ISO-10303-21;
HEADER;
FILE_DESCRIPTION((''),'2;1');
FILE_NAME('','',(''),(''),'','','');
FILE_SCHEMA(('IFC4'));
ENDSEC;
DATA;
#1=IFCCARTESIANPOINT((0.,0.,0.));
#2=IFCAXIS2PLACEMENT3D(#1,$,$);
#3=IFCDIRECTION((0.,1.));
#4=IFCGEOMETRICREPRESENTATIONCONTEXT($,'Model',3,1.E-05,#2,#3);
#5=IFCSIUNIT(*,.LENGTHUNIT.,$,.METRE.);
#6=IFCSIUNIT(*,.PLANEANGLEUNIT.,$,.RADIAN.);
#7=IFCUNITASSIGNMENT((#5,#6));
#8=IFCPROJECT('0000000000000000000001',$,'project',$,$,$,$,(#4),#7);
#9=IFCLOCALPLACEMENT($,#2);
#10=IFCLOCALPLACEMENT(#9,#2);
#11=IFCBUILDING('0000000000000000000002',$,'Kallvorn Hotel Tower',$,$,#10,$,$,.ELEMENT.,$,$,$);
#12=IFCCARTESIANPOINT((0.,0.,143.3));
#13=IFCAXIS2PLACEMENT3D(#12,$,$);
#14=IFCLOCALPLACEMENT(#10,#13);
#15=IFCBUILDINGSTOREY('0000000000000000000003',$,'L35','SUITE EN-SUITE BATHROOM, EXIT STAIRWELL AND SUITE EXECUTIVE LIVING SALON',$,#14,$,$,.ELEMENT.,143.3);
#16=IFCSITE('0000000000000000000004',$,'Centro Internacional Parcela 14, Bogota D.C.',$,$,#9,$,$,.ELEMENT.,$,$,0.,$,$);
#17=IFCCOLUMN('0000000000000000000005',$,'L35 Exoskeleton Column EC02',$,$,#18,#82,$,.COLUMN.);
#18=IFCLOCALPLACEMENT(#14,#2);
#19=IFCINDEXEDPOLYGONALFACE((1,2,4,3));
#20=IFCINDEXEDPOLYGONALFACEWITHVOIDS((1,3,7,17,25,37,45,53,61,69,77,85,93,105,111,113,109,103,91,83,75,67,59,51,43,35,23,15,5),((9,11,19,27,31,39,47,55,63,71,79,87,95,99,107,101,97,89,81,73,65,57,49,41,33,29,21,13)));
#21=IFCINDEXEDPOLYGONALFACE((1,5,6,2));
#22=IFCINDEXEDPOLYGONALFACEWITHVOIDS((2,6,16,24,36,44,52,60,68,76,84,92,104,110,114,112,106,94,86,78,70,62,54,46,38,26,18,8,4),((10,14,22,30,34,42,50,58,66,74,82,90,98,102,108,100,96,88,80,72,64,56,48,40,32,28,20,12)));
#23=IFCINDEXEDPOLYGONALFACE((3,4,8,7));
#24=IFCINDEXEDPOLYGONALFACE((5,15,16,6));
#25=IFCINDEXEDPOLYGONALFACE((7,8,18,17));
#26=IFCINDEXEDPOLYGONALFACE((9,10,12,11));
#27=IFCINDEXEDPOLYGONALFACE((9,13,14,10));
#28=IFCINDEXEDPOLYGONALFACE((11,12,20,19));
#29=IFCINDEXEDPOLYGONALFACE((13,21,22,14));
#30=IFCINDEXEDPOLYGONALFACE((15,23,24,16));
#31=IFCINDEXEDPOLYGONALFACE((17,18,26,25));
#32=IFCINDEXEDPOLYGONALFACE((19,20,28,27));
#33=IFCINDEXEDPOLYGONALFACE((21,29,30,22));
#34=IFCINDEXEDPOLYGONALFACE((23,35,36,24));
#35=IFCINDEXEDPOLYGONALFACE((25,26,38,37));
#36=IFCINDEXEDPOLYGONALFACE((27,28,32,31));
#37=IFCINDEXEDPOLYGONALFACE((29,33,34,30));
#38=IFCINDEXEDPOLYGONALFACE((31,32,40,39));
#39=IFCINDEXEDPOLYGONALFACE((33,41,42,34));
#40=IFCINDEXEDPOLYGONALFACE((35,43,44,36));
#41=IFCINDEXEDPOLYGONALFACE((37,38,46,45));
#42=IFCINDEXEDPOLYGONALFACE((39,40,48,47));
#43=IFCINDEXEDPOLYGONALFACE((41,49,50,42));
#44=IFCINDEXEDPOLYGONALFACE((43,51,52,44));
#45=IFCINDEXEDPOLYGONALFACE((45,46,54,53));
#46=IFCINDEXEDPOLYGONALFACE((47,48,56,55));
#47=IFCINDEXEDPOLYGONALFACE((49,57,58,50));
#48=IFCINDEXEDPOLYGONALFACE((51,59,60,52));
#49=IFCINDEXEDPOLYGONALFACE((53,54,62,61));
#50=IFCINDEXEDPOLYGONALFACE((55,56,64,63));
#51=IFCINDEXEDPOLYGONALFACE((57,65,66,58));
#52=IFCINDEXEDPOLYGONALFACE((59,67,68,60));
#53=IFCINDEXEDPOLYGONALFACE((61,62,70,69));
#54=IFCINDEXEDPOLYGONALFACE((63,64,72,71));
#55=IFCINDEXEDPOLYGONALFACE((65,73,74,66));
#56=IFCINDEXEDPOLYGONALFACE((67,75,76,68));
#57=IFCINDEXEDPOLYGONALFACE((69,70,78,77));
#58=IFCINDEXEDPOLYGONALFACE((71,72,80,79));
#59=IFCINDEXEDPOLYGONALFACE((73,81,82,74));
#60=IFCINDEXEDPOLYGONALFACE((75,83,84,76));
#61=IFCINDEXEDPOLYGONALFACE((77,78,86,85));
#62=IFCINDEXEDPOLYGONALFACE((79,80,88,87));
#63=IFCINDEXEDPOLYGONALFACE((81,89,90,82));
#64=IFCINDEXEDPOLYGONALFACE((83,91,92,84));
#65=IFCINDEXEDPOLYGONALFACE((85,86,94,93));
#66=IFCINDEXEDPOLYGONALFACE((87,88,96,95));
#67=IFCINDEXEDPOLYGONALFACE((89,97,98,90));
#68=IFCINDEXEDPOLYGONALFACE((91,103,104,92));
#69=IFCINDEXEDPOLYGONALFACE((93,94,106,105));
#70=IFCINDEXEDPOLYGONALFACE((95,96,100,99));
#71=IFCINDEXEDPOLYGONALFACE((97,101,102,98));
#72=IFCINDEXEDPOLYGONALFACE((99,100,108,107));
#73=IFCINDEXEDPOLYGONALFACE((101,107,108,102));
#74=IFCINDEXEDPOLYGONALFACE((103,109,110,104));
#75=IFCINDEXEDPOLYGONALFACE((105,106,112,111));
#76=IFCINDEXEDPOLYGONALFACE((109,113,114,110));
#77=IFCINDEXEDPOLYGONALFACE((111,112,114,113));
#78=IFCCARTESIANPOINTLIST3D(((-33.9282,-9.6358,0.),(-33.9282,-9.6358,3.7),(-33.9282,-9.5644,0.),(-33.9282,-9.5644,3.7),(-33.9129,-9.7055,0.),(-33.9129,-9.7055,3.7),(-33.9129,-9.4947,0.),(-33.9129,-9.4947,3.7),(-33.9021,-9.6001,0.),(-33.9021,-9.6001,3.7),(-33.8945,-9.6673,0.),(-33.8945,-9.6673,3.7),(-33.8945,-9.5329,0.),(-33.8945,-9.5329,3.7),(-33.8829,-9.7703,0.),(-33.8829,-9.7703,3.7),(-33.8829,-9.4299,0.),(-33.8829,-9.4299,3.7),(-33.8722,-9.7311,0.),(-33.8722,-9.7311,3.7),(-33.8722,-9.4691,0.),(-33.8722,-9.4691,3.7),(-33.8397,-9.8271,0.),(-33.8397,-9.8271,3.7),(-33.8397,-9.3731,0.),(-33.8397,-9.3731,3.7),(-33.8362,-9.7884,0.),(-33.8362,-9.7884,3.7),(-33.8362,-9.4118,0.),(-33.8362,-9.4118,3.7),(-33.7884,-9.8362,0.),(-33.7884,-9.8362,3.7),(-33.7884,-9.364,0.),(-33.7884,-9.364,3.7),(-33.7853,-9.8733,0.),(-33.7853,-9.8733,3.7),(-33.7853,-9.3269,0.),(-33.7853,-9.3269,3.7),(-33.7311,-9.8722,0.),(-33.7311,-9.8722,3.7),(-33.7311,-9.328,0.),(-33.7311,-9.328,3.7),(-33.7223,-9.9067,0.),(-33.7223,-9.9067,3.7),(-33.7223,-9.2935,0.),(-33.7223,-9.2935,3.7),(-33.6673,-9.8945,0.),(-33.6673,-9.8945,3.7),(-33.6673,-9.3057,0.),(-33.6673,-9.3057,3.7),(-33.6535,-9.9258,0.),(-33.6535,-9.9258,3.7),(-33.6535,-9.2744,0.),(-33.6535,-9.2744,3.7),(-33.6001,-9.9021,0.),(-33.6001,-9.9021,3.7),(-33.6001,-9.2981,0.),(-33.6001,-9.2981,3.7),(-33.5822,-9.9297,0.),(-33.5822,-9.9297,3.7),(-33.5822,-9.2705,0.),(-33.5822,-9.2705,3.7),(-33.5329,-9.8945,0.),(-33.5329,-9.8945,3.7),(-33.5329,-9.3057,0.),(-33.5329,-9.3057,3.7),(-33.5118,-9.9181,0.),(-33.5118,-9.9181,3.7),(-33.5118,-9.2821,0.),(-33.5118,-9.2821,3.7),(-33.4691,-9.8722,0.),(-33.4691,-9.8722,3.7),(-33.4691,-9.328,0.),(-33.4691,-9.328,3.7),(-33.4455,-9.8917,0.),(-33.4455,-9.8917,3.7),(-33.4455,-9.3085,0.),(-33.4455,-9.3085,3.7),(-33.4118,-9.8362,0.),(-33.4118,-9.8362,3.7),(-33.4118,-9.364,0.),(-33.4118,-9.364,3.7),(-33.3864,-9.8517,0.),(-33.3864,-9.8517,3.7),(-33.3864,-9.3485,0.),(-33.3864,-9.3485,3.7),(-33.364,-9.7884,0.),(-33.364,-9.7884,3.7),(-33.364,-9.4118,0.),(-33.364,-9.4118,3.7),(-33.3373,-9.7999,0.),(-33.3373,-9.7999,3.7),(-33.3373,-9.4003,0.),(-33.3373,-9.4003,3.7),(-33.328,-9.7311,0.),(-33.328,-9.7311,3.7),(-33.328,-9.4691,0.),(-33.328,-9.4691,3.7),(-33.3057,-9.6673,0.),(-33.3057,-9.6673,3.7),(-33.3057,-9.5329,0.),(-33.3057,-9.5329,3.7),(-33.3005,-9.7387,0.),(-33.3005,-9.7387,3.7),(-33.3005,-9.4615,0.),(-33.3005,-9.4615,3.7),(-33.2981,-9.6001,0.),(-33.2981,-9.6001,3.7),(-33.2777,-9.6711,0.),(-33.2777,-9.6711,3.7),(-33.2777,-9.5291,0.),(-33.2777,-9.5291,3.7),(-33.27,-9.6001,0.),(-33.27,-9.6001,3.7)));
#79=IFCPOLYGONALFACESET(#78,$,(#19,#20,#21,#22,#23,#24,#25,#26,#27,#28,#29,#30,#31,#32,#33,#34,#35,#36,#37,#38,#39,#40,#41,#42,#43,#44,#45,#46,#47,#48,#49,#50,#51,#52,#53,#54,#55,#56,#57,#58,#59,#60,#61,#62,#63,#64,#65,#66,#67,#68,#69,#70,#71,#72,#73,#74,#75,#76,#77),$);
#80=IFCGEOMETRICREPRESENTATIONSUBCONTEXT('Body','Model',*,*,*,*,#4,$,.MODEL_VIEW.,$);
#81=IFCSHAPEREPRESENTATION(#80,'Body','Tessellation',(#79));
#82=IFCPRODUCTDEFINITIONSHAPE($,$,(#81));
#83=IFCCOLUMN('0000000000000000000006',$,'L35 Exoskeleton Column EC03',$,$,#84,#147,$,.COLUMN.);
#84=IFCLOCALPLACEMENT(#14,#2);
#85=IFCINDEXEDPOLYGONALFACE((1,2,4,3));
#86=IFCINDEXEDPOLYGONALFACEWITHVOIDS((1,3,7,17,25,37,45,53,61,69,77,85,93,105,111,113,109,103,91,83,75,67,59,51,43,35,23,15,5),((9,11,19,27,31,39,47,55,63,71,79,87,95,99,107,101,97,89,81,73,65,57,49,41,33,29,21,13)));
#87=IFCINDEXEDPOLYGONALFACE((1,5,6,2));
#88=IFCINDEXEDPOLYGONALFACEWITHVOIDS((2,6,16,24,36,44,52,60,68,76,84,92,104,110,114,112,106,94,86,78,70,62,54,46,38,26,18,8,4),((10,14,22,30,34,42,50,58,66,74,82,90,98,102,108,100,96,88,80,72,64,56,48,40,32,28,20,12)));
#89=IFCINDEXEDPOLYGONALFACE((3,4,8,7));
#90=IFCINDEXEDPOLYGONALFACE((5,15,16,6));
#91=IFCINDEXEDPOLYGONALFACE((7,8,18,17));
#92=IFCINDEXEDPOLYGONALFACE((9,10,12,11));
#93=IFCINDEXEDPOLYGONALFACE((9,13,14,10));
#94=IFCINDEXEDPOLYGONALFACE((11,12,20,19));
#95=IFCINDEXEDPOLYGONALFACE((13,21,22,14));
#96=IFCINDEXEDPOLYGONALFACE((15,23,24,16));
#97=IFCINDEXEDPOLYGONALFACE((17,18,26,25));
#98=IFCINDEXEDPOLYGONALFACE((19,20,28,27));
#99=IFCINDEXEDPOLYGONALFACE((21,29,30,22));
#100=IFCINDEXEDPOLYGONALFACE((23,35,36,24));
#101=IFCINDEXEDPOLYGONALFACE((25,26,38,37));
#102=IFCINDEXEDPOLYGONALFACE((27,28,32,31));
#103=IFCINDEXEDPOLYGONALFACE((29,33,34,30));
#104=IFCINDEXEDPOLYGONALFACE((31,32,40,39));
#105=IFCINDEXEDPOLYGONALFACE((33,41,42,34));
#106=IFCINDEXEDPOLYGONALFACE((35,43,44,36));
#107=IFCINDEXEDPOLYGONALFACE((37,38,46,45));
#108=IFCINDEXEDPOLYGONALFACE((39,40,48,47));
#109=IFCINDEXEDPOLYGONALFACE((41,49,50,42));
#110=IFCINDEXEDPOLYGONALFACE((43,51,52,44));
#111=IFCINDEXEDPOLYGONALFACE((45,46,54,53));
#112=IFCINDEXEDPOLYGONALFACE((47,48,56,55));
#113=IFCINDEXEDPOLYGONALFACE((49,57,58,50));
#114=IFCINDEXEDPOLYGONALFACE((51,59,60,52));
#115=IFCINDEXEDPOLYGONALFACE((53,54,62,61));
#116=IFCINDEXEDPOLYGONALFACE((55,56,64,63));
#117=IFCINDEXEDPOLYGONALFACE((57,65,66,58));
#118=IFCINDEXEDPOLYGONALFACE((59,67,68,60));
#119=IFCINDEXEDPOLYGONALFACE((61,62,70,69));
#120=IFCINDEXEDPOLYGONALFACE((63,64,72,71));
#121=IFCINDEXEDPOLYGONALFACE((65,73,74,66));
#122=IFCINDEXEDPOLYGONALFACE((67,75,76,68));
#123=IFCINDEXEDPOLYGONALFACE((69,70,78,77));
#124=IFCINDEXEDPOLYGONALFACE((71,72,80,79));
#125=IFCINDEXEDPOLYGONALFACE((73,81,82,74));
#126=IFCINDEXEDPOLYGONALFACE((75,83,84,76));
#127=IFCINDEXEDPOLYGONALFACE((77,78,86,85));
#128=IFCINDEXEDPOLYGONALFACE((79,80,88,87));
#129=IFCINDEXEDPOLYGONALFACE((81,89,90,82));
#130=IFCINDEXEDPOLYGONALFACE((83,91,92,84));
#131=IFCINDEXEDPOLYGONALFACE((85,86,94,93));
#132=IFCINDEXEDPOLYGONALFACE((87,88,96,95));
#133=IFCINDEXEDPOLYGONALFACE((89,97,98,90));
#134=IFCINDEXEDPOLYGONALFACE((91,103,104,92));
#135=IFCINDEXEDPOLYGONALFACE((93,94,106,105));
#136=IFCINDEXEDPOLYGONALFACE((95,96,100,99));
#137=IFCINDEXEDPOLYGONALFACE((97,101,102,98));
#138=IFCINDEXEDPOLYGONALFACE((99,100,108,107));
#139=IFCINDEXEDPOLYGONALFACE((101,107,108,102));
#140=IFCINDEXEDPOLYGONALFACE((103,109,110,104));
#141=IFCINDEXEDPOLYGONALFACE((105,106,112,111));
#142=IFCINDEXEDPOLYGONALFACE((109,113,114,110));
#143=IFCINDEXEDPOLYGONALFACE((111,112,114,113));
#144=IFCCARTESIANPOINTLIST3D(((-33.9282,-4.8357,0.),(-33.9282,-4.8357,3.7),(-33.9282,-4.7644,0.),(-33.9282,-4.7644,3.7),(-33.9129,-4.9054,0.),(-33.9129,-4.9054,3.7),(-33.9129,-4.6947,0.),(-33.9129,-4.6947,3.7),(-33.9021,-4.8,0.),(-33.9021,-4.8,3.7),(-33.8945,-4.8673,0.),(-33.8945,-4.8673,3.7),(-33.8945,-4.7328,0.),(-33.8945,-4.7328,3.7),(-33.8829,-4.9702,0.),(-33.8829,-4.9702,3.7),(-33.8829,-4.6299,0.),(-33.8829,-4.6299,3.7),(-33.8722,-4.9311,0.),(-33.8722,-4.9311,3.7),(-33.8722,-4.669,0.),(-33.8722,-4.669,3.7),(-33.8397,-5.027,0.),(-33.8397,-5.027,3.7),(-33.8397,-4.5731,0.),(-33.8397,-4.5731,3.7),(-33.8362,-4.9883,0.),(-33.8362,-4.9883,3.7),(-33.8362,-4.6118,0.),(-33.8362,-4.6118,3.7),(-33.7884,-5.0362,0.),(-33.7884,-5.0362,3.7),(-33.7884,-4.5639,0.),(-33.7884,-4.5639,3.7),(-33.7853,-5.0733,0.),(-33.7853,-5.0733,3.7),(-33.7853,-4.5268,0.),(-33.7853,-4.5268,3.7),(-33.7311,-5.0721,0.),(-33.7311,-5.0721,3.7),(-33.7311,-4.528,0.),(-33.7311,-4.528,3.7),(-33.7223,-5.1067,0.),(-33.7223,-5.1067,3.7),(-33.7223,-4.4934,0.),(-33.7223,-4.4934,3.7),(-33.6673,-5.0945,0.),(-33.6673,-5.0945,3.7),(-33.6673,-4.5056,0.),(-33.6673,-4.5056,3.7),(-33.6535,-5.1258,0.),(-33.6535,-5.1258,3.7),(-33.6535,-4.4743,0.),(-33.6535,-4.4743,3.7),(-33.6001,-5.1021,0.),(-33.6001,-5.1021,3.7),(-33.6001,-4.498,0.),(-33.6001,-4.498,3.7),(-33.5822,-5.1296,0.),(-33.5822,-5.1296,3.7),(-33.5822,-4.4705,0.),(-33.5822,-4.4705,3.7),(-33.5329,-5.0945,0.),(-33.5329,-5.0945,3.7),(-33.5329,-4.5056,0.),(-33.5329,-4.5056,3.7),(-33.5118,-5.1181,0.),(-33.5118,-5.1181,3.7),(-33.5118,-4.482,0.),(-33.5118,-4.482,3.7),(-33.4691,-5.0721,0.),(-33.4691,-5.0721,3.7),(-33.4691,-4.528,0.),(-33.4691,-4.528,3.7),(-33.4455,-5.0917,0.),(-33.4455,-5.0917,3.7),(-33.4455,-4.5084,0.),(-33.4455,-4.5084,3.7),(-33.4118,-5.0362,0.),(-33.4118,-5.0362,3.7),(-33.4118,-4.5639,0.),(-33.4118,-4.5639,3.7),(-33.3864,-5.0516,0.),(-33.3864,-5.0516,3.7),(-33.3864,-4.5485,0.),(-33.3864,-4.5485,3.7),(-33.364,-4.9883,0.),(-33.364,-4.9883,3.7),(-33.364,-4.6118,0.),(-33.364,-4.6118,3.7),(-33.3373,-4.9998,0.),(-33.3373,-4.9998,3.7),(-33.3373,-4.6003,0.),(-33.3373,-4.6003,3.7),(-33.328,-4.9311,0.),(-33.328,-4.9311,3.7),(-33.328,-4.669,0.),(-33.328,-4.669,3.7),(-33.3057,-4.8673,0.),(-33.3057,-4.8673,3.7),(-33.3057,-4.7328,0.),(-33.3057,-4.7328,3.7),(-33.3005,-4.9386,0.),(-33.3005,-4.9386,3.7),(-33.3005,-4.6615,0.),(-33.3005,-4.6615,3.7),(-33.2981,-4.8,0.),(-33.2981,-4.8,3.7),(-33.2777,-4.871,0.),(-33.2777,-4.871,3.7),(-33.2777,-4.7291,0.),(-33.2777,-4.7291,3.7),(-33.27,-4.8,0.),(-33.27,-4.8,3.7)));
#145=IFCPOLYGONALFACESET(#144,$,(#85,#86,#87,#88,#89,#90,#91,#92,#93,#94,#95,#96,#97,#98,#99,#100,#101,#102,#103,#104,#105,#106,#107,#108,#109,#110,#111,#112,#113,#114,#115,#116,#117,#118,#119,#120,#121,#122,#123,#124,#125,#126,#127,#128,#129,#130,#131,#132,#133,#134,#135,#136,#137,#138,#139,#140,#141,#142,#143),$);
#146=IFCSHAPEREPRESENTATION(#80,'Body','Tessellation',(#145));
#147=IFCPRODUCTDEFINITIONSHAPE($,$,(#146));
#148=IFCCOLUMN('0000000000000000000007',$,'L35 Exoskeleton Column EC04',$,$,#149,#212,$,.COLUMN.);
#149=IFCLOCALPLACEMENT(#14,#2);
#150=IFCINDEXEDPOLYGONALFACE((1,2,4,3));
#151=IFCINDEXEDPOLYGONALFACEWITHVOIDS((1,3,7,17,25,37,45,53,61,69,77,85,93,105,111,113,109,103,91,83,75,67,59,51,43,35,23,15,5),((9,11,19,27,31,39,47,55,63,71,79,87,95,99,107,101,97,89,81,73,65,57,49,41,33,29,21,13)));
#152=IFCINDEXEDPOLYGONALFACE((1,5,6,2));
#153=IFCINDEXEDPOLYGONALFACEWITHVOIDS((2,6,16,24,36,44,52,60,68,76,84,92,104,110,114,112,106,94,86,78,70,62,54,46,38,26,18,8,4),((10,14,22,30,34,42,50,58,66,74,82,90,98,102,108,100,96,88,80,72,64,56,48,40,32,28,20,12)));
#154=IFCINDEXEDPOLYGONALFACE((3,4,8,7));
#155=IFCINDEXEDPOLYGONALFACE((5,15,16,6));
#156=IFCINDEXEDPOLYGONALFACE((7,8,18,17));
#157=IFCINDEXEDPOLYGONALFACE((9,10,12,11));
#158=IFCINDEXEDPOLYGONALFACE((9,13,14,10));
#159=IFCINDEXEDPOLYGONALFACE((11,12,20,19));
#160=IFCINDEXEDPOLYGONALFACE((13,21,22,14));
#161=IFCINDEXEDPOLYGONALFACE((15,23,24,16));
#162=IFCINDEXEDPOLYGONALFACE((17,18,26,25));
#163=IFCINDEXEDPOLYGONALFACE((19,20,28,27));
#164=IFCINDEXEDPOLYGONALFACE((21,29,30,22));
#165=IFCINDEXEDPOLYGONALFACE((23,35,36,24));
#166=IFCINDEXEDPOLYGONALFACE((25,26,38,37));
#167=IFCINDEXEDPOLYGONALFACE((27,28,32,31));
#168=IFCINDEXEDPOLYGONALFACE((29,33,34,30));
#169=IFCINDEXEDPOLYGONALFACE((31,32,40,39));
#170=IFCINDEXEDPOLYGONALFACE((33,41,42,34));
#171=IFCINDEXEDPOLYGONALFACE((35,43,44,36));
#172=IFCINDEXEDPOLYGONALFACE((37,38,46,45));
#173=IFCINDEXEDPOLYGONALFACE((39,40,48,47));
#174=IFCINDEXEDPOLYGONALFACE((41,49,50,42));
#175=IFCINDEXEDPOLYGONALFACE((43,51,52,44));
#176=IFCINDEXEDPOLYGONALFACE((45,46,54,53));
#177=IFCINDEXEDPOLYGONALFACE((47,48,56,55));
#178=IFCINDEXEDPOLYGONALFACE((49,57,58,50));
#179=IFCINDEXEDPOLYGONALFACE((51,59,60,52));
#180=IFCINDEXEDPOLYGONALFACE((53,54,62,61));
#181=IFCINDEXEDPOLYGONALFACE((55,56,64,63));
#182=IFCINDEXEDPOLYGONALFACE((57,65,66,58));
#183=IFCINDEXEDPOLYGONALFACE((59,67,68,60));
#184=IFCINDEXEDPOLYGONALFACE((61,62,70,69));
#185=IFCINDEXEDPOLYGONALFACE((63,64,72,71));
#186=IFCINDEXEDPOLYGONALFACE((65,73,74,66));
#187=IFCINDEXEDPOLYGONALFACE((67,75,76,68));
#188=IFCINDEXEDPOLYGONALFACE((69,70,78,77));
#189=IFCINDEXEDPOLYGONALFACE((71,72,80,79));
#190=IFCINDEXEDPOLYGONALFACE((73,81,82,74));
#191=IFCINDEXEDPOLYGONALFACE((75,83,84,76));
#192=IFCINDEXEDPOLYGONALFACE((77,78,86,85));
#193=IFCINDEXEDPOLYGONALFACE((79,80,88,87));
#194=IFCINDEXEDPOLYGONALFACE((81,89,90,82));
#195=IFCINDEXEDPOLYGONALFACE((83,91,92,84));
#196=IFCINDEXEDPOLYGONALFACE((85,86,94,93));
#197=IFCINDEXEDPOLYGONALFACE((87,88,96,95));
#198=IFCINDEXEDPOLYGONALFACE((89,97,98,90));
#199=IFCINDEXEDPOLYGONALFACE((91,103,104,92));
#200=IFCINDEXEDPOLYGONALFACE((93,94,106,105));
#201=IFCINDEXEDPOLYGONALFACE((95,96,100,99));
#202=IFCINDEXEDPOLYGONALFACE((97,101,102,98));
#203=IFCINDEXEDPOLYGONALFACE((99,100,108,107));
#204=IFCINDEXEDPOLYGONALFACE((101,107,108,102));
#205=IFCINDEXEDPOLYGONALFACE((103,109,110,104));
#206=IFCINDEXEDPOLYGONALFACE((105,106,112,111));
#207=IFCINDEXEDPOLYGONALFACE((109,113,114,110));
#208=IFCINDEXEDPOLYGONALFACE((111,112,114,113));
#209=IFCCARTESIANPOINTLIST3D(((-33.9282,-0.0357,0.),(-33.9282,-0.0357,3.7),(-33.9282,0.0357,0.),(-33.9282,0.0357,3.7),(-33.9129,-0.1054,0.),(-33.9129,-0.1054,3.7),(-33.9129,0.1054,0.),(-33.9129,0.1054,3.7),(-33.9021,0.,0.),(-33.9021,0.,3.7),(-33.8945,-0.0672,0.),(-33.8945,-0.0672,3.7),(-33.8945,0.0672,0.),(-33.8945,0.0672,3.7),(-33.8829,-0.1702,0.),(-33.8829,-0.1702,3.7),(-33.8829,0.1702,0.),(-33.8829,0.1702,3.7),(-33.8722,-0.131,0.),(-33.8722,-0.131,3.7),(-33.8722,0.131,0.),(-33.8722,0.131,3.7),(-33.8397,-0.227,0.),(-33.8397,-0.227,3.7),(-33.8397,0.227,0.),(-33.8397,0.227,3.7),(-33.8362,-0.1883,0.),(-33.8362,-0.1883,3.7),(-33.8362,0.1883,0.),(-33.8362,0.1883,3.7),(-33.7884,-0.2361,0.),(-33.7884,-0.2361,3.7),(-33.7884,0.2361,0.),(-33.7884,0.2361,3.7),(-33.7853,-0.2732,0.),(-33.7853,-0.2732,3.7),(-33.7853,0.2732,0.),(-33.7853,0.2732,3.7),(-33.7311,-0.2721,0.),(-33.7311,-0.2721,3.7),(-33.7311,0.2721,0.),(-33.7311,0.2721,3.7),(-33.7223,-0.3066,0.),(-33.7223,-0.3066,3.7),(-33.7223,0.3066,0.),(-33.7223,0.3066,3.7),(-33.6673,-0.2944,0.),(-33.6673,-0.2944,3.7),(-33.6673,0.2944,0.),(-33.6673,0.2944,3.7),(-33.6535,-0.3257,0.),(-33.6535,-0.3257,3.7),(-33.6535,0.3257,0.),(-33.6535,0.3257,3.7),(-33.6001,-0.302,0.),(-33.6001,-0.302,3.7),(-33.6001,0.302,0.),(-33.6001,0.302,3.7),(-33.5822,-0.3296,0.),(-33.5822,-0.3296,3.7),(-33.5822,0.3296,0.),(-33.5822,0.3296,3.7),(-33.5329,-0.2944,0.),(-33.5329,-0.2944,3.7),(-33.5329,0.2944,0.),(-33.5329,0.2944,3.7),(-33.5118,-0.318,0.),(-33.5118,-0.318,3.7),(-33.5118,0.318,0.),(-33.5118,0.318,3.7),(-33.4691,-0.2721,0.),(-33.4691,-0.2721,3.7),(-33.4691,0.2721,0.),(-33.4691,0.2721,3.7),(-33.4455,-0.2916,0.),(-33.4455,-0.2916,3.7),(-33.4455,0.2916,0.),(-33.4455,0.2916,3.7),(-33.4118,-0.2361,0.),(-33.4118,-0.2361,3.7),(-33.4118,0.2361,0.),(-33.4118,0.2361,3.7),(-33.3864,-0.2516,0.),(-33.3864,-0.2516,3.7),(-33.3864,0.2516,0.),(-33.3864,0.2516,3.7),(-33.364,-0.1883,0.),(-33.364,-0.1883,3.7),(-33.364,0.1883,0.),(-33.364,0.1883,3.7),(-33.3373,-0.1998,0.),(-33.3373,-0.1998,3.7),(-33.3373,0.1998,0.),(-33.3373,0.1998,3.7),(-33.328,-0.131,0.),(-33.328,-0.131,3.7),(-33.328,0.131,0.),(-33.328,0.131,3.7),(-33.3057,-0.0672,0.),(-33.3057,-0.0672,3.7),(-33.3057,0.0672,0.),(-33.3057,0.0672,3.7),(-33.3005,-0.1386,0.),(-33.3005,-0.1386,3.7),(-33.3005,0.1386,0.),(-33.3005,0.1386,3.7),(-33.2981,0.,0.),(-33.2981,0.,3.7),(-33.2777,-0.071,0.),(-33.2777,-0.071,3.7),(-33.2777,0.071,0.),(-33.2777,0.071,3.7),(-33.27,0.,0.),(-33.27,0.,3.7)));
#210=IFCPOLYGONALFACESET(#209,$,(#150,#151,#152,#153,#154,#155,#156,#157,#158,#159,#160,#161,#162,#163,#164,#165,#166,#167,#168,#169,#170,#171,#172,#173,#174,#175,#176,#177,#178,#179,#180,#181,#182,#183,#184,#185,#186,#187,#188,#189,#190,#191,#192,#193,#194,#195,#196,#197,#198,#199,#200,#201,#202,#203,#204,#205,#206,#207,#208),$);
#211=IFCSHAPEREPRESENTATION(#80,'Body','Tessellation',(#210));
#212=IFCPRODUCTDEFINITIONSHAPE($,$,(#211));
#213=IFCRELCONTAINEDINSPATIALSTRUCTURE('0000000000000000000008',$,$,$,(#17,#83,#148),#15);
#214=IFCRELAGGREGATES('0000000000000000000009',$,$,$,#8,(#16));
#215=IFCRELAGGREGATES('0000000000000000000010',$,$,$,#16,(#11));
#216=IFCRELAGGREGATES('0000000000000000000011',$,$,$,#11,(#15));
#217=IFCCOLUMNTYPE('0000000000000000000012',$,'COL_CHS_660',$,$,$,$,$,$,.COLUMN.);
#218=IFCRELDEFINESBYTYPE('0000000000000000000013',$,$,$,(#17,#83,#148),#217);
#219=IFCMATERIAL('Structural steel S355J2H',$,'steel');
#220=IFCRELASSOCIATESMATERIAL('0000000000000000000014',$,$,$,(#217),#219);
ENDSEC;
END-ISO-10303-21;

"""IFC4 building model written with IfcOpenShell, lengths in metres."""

from ifc_helpers import new_model, si_unit, direction, frame, origin, origin_2d, place, context, subcontext, project, spatial, hollow_circle, extrude, material, material_profile, profile_set, type_object, element, save


model = new_model("IFC4")

# Units and contexts
model_context = context("Model", 3, precision=1e-05, world=origin(), true_north=direction((0.0, 1.0)))
body_context = subcontext(model_context, "Body", "Model", "MODEL_VIEW")
ifc_project = project(units=[si_unit("LENGTHUNIT", "METRE"), si_unit("PLANEANGLEUNIT", "RADIAN")], contexts=[model_context])

# Site, building, storey
site_placement = place(None, origin())
site = spatial("IfcSite", under=ifc_project, at=site_placement, Name="Centro Internacional Parcela 14, Bogota D.C.", CompositionType="ELEMENT", RefElevation=0.0)
building_placement = place(site_placement, origin())
building = spatial("IfcBuilding", under=site, at=building_placement, Name="Kallvorn Hotel Tower", CompositionType="ELEMENT")
storey_placement = place(building_placement, frame((0.0, 0.0, 143.3)))
storey = spatial("IfcBuildingStorey", under=building, at=storey_placement, Name="L35", Description="SUITE EN-SUITE BATHROOM, EXIT STAIRWELL AND SUITE EXECUTIVE LIVING SALON", CompositionType="ELEMENT", Elevation=143.3)

# Columns
ifc_material_1 = material(Name="Structural steel S355J2H", Category="steel")
ifc_material_profile_1 = material_profile(ifc_material_1, hollow_circle(Radius=0.3301, WallThickness=0.0281, at=origin_2d()), Name="CHS 660x28")
ifc_profile_set_1 = profile_set([ifc_material_profile_1], Name="Structural steel S355J2H")
column_type_1 = type_object("IfcColumnType", Name="COL_CHS_660", PredefinedType="COLUMN", material=ifc_profile_set_1)
for number, where, z_axis, x_axis, name in (
    (1, (-33.6001, -9.6001, 0.0), (0.0, 0.0, 1.0), (1.0, 0.0, 0.0), "L35 Exoskeleton Column EC02"),
    (2, (-33.6001, -4.8, 0.0), (0.0, 0.0, 1.0), (1.0, 0.0, 0.0), "L35 Exoskeleton Column EC03"),
    (3, (-33.6001, 0.0, 0.0), (0.0, 0.0, 1.0), (1.0, 0.0, 0.0), "L35 Exoskeleton Column EC04"),
):
    element("IfcColumn", number, at=place(storey_placement, frame(where, z_axis=z_axis, x_axis=x_axis)), inside=storey, type_object=column_type_1, Name=name, PredefinedType="COLUMN", context=body_context, shape_type="SweptSolid", body=[
        extrude(hollow_circle(Radius=0.3301, WallThickness=0.0281, at=origin_2d()), origin(), (0.0, 0.0, 1.0), 3.7),
    ])

save(model, "model.ifc")
